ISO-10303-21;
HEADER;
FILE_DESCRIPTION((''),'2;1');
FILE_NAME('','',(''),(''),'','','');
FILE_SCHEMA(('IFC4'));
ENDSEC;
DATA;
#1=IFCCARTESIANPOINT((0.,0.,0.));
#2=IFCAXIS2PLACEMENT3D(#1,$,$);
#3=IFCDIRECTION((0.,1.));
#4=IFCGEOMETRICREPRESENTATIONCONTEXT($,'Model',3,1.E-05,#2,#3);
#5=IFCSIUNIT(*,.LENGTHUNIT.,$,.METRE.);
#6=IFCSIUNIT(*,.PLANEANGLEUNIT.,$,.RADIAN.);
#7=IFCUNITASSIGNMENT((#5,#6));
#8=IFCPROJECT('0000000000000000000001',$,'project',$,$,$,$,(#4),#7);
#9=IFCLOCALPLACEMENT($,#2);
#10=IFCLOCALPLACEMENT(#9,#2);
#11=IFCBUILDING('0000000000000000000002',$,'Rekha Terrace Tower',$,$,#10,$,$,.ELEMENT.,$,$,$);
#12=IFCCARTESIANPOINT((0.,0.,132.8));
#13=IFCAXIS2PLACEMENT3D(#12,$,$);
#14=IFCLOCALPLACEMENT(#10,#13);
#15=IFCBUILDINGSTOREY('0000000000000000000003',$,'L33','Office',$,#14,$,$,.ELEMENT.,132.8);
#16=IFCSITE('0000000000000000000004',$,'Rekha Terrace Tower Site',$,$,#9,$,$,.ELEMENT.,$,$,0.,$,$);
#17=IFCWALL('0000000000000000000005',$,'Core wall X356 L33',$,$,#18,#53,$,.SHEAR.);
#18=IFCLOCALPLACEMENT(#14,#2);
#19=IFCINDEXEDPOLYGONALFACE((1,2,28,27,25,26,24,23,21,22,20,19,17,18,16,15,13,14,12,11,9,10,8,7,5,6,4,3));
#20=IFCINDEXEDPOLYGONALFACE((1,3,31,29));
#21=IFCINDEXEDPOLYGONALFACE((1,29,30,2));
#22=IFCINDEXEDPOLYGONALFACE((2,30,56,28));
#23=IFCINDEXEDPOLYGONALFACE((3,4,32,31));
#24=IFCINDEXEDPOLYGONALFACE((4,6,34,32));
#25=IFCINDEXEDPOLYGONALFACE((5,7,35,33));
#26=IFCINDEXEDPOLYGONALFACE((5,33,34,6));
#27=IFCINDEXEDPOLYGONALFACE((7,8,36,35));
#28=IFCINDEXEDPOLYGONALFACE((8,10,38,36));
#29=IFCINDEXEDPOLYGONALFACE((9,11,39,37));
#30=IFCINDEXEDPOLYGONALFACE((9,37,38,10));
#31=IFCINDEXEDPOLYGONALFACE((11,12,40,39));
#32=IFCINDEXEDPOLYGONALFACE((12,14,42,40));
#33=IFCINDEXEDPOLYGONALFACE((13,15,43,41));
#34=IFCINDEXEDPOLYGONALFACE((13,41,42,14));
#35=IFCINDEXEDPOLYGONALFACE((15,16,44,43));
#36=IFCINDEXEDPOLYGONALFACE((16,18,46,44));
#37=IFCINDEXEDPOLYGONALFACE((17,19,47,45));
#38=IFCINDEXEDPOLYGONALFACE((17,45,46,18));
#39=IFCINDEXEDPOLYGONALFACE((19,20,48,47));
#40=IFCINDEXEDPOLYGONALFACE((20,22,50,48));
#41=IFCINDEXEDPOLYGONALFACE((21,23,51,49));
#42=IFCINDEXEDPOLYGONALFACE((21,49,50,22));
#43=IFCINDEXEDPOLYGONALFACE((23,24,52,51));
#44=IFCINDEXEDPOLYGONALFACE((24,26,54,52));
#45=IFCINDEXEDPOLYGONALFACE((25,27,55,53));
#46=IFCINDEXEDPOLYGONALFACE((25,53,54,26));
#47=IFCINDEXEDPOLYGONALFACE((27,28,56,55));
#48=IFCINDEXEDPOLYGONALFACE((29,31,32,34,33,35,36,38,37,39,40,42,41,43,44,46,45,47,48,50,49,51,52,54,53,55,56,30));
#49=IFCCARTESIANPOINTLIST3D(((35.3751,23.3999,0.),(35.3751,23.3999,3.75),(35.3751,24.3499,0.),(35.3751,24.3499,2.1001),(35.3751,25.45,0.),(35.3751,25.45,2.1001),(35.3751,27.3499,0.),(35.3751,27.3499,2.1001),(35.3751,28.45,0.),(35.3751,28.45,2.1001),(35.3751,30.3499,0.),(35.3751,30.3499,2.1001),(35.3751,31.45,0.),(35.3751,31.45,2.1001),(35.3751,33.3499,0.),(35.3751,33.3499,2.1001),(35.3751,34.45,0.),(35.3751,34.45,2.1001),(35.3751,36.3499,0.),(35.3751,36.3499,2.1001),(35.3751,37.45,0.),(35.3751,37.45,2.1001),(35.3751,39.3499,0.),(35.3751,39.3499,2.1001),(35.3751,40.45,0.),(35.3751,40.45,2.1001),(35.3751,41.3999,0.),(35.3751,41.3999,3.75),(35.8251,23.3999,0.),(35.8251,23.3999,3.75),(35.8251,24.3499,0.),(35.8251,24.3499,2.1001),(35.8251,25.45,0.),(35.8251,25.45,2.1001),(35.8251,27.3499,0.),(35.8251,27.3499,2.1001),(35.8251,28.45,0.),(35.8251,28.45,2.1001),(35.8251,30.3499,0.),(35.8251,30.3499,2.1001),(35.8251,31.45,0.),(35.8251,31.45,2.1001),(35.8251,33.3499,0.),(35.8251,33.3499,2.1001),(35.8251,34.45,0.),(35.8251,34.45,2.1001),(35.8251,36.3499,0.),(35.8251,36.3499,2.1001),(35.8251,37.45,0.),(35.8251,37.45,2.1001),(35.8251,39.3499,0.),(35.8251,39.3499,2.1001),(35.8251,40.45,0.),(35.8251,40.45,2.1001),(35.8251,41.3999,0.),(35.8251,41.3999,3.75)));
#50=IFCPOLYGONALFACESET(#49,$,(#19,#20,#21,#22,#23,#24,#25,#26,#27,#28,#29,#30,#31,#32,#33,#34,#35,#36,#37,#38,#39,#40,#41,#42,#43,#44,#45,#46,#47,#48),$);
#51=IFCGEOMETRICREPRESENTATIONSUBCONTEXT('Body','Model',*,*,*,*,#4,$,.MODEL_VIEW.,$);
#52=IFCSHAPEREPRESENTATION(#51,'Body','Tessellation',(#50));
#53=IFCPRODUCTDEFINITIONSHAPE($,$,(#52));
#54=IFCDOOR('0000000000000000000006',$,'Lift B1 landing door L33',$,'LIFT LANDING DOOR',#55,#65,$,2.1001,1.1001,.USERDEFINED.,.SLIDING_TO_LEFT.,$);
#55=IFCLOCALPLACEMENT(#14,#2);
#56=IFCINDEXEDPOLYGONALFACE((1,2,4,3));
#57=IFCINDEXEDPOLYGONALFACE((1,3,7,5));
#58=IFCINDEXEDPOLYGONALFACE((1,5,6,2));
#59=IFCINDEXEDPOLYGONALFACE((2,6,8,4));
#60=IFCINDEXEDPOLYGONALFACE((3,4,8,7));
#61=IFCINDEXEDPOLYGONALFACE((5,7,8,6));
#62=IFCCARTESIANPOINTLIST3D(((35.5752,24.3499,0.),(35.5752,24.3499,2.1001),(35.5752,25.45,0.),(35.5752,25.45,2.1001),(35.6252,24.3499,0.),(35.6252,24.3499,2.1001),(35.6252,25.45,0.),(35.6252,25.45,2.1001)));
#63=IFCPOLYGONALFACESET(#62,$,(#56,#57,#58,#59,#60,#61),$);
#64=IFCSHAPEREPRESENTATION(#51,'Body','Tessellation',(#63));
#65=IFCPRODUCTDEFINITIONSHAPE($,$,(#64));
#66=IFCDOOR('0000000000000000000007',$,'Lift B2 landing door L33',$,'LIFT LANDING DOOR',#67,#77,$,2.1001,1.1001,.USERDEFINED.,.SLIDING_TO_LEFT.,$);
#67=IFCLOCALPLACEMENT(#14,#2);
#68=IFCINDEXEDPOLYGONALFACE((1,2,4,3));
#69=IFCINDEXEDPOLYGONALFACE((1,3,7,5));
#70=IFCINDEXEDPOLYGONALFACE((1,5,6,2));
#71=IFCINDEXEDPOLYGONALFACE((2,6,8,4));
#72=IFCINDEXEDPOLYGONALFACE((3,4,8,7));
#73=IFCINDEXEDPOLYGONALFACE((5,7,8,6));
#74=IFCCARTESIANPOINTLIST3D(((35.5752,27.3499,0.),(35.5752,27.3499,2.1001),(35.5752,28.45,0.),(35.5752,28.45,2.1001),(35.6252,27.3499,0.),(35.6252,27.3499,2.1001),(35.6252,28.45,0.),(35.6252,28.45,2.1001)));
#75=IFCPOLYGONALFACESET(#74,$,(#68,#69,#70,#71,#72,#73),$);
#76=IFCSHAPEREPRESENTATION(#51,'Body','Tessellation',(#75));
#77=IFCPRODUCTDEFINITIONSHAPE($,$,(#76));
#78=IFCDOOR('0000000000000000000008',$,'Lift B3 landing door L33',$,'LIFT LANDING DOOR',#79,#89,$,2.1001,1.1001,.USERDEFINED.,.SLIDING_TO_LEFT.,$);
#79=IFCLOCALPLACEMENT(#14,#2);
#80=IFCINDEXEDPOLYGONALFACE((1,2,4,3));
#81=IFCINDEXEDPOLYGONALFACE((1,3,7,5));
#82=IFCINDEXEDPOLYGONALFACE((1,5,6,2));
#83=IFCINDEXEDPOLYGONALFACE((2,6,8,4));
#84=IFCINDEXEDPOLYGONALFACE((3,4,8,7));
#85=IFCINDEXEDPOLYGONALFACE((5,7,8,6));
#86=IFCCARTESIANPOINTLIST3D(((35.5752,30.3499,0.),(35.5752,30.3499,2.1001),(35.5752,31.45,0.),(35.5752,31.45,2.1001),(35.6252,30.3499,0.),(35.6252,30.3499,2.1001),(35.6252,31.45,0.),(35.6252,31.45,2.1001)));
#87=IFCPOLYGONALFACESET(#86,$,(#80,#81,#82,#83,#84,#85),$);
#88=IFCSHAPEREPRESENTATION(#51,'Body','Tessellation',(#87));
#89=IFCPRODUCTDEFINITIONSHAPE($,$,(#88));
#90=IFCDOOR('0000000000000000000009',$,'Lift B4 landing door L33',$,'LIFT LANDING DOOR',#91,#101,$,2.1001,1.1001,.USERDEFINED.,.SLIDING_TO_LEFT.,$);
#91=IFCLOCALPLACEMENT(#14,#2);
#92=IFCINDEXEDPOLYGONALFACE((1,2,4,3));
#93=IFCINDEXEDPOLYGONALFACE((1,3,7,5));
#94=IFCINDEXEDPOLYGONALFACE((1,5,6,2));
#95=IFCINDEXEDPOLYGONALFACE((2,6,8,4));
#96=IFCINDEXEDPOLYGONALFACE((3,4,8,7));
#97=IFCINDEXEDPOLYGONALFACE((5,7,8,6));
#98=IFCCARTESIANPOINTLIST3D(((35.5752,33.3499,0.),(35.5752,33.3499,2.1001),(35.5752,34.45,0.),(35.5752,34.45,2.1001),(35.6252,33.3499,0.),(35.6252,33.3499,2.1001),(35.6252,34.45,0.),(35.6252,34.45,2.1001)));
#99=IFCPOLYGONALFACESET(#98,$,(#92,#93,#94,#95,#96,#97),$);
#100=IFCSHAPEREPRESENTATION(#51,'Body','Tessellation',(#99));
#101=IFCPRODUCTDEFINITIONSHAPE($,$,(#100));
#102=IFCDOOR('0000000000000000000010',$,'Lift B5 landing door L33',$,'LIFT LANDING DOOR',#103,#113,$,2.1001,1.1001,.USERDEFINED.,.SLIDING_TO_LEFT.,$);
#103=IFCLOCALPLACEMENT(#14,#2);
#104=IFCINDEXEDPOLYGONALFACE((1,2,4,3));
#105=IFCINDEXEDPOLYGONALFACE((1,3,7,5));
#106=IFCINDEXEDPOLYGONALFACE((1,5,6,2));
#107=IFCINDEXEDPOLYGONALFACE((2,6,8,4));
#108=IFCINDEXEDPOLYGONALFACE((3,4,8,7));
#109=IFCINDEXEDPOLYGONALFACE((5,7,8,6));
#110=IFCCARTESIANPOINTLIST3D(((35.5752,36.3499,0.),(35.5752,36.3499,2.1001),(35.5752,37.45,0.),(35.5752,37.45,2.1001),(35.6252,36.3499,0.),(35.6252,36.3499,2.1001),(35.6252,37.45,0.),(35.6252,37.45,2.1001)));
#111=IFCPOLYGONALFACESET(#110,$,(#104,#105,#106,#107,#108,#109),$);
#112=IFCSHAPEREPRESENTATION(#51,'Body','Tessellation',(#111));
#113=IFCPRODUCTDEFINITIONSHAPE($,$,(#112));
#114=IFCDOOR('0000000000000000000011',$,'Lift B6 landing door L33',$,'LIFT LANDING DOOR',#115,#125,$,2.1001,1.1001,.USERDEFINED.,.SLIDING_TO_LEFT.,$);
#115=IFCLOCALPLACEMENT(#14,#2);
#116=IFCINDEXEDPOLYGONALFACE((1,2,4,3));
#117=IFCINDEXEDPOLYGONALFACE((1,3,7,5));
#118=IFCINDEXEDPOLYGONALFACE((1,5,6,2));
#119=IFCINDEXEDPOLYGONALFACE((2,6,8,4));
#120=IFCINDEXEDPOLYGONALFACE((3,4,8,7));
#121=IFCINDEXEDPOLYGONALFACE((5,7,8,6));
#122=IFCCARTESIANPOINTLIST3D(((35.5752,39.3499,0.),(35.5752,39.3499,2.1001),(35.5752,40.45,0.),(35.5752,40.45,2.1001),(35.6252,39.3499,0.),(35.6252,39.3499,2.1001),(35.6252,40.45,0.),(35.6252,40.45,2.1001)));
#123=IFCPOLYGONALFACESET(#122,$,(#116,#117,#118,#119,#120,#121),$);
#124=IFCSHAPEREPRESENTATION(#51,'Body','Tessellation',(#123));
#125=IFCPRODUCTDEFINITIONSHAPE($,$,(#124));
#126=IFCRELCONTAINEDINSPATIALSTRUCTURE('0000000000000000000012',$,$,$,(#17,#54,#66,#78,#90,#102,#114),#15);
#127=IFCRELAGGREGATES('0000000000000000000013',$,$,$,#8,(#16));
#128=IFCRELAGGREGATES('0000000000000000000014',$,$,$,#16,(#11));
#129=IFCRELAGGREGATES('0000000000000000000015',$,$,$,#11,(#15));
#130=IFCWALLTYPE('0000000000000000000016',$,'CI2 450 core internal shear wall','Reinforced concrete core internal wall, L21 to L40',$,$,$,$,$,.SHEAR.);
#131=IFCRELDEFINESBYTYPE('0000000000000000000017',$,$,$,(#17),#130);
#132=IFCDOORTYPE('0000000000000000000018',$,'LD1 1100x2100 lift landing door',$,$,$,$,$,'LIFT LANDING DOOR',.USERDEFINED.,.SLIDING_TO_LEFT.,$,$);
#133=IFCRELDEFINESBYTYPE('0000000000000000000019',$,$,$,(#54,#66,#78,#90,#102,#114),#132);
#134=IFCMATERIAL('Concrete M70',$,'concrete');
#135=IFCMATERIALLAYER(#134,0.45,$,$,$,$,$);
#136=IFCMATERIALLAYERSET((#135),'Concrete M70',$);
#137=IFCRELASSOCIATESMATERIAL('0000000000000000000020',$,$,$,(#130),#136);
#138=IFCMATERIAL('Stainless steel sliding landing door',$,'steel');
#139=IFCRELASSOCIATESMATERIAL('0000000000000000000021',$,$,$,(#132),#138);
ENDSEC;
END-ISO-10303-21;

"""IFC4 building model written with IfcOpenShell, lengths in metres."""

from ifc_helpers import new_model, si_unit, direction, frame, frame_2d, origin, place, context, subcontext, project, spatial, rectangle, extrude, material, layer, layer_set, type_object, element, fill, save


model = new_model("IFC4")

# Units and contexts
model_context = context("Model", 3, precision=1e-05, world=origin(), true_north=direction((0.0, 1.0)))
body_context = subcontext(model_context, "Body", "Model", "MODEL_VIEW")
ifc_project = project(units=[si_unit("LENGTHUNIT", "METRE"), si_unit("PLANEANGLEUNIT", "RADIAN")], contexts=[model_context])

# Site, building, storey
site_placement = place(None, origin())
site = spatial("IfcSite", under=ifc_project, at=site_placement, Name="Rekha Terrace Tower Site", CompositionType="ELEMENT", RefElevation=0.0)
building_placement = place(site_placement, origin())
building = spatial("IfcBuilding", under=site, at=building_placement, Name="Rekha Terrace Tower", CompositionType="ELEMENT")
storey_placement = place(building_placement, frame((0.0, 0.0, 132.8)))
storey = spatial("IfcBuildingStorey", under=building, at=storey_placement, Name="L33", Description="Office", CompositionType="ELEMENT", Elevation=132.8)

# Wall, openings, doors
ifc_material_1 = material(Name="Concrete M70", Category="concrete")
ifc_layer_1 = layer(ifc_material_1, 0.45)
ifc_layer_set_1 = layer_set([ifc_layer_1], Name="Concrete M70")
wall_type_1 = type_object("IfcWallType", Name="CI2 450 core internal shear wall", Description="Reinforced concrete core internal wall, L21 to L40", PredefinedType="SHEAR", material=ifc_layer_set_1)
wall_1_placement = place(storey_placement, frame((35.6001, 23.3999, 0.0), z_axis=(0.0, 0.0, 1.0), x_axis=(0.0, 1.0, 0.0)))
wall_1 = element("IfcWall", 1, at=wall_1_placement, inside=storey, type_object=wall_type_1, Name="Core wall X356 L33", PredefinedType="SHEAR", context=body_context, shape_type="SweptSolid", body=[
    extrude(rectangle(XDim=18.0, YDim=0.45, at=frame_2d((9.0, 0.0))), origin(), (0.0, 0.0, 1.0), 3.75),
])
opening_1_placement = place(wall_1_placement, frame((0.95, 0.0, 0.0)))
opening_1 = element("IfcOpeningElement", 2, at=opening_1_placement, cuts=wall_1, PredefinedType="OPENING", context=body_context, shape_type="SweptSolid", body=[
    extrude(rectangle(XDim=1.1001, YDim=2.1001, at=frame_2d((0.55, 1.05))), frame((0.0, 0.2349, 0.0), z_axis=(0.0, -1.0, 0.0), x_axis=(1.0, 0.0, 0.0)), (0.0, 0.0, 1.0), 0.47),
])
opening_2_placement = place(wall_1_placement, frame((3.95, 0.0, 0.0)))
opening_2 = element("IfcOpeningElement", 3, at=opening_2_placement, cuts=wall_1, PredefinedType="OPENING", context=body_context, shape_type="SweptSolid", body=[
    extrude(rectangle(XDim=1.1001, YDim=2.1001, at=frame_2d((0.55, 1.05))), frame((0.0, 0.2349, 0.0), z_axis=(0.0, -1.0, 0.0), x_axis=(1.0, 0.0, 0.0)), (0.0, 0.0, 1.0), 0.47),
])
opening_3_placement = place(wall_1_placement, frame((6.95, 0.0, 0.0)))
opening_3 = element("IfcOpeningElement", 4, at=opening_3_placement, cuts=wall_1, PredefinedType="OPENING", context=body_context, shape_type="SweptSolid", body=[
    extrude(rectangle(XDim=1.1001, YDim=2.1001, at=frame_2d((0.55, 1.05))), frame((0.0, 0.2349, 0.0), z_axis=(0.0, -1.0, 0.0), x_axis=(1.0, 0.0, 0.0)), (0.0, 0.0, 1.0), 0.47),
])
opening_4_placement = place(wall_1_placement, frame((9.95, 0.0, 0.0)))
opening_4 = element("IfcOpeningElement", 5, at=opening_4_placement, cuts=wall_1, PredefinedType="OPENING", context=body_context, shape_type="SweptSolid", body=[
    extrude(rectangle(XDim=1.1001, YDim=2.1001, at=frame_2d((0.55, 1.05))), frame((0.0, 0.2349, 0.0), z_axis=(0.0, -1.0, 0.0), x_axis=(1.0, 0.0, 0.0)), (0.0, 0.0, 1.0), 0.47),
])
opening_5_placement = place(wall_1_placement, frame((12.95, 0.0, 0.0)))
opening_5 = element("IfcOpeningElement", 6, at=opening_5_placement, cuts=wall_1, PredefinedType="OPENING", context=body_context, shape_type="SweptSolid", body=[
    extrude(rectangle(XDim=1.1001, YDim=2.1001, at=frame_2d((0.55, 1.05))), frame((0.0, 0.2349, 0.0), z_axis=(0.0, -1.0, 0.0), x_axis=(1.0, 0.0, 0.0)), (0.0, 0.0, 1.0), 0.47),
])
opening_6_placement = place(wall_1_placement, frame((15.95, 0.0, 0.0)))
opening_6 = element("IfcOpeningElement", 7, at=opening_6_placement, cuts=wall_1, PredefinedType="OPENING", context=body_context, shape_type="SweptSolid", body=[
    extrude(rectangle(XDim=1.1001, YDim=2.1001, at=frame_2d((0.55, 1.05))), frame((0.0, 0.2349, 0.0), z_axis=(0.0, -1.0, 0.0), x_axis=(1.0, 0.0, 0.0)), (0.0, 0.0, 1.0), 0.47),
])
ifc_material_2 = material(Name="Stainless steel sliding landing door", Category="steel")
door_type_1 = type_object("IfcDoorType", Name="LD1 1100x2100 lift landing door", ElementType="LIFT LANDING DOOR", OperationType="SLIDING_TO_LEFT", PredefinedType="USERDEFINED", material=ifc_material_2)
door_1_placement = place(opening_1_placement, origin())
door_1 = element("IfcDoor", 8, at=door_1_placement, inside=storey, type_object=door_type_1, Name="Lift B1 landing door L33", ObjectType="LIFT LANDING DOOR", OperationType="SLIDING_TO_LEFT", OverallHeight=2.1001, OverallWidth=1.1001, PredefinedType="USERDEFINED", context=body_context, shape_type="SweptSolid", body=[
    extrude(rectangle(XDim=1.1001, YDim=2.1001, at=frame_2d((0.55, 1.05))), frame((0.0, 0.0249, 0.0), z_axis=(0.0, -1.0, 0.0), x_axis=(1.0, 0.0, 0.0)), (0.0, 0.0, 1.0), 0.05),
])
fill(opening_1, door_1)
door_2_placement = place(opening_2_placement, origin())
door_2 = element("IfcDoor", 9, at=door_2_placement, inside=storey, type_object=door_type_1, Name="Lift B2 landing door L33", ObjectType="LIFT LANDING DOOR", OperationType="SLIDING_TO_LEFT", OverallHeight=2.1001, OverallWidth=1.1001, PredefinedType="USERDEFINED", context=body_context, shape_type="SweptSolid", body=[
    extrude(rectangle(XDim=1.1001, YDim=2.1001, at=frame_2d((0.55, 1.05))), frame((0.0, 0.0249, 0.0), z_axis=(0.0, -1.0, 0.0), x_axis=(1.0, 0.0, 0.0)), (0.0, 0.0, 1.0), 0.05),
])
fill(opening_2, door_2)
door_3_placement = place(opening_3_placement, origin())
door_3 = element("IfcDoor", 10, at=door_3_placement, inside=storey, type_object=door_type_1, Name="Lift B3 landing door L33", ObjectType="LIFT LANDING DOOR", OperationType="SLIDING_TO_LEFT", OverallHeight=2.1001, OverallWidth=1.1001, PredefinedType="USERDEFINED", context=body_context, shape_type="SweptSolid", body=[
    extrude(rectangle(XDim=1.1001, YDim=2.1001, at=frame_2d((0.55, 1.05))), frame((0.0, 0.0249, 0.0), z_axis=(0.0, -1.0, 0.0), x_axis=(1.0, 0.0, 0.0)), (0.0, 0.0, 1.0), 0.05),
])
fill(opening_3, door_3)
door_4_placement = place(opening_4_placement, origin())
door_4 = element("IfcDoor", 11, at=door_4_placement, inside=storey, type_object=door_type_1, Name="Lift B4 landing door L33", ObjectType="LIFT LANDING DOOR", OperationType="SLIDING_TO_LEFT", OverallHeight=2.1001, OverallWidth=1.1001, PredefinedType="USERDEFINED", context=body_context, shape_type="SweptSolid", body=[
    extrude(rectangle(XDim=1.1001, YDim=2.1001, at=frame_2d((0.55, 1.05))), frame((0.0, 0.0249, 0.0), z_axis=(0.0, -1.0, 0.0), x_axis=(1.0, 0.0, 0.0)), (0.0, 0.0, 1.0), 0.05),
])
fill(opening_4, door_4)
door_5_placement = place(opening_5_placement, origin())
door_5 = element("IfcDoor", 12, at=door_5_placement, inside=storey, type_object=door_type_1, Name="Lift B5 landing door L33", ObjectType="LIFT LANDING DOOR", OperationType="SLIDING_TO_LEFT", OverallHeight=2.1001, OverallWidth=1.1001, PredefinedType="USERDEFINED", context=body_context, shape_type="SweptSolid", body=[
    extrude(rectangle(XDim=1.1001, YDim=2.1001, at=frame_2d((0.55, 1.05))), frame((0.0, 0.0249, 0.0), z_axis=(0.0, -1.0, 0.0), x_axis=(1.0, 0.0, 0.0)), (0.0, 0.0, 1.0), 0.05),
])
fill(opening_5, door_5)
door_6_placement = place(opening_6_placement, origin())
door_6 = element("IfcDoor", 13, at=door_6_placement, inside=storey, type_object=door_type_1, Name="Lift B6 landing door L33", ObjectType="LIFT LANDING DOOR", OperationType="SLIDING_TO_LEFT", OverallHeight=2.1001, OverallWidth=1.1001, PredefinedType="USERDEFINED", context=body_context, shape_type="SweptSolid", body=[
    extrude(rectangle(XDim=1.1001, YDim=2.1001, at=frame_2d((0.55, 1.05))), frame((0.0, 0.0249, 0.0), z_axis=(0.0, -1.0, 0.0), x_axis=(1.0, 0.0, 0.0)), (0.0, 0.0, 1.0), 0.05),
])
fill(opening_6, door_6)

save(model, "model.ifc")
